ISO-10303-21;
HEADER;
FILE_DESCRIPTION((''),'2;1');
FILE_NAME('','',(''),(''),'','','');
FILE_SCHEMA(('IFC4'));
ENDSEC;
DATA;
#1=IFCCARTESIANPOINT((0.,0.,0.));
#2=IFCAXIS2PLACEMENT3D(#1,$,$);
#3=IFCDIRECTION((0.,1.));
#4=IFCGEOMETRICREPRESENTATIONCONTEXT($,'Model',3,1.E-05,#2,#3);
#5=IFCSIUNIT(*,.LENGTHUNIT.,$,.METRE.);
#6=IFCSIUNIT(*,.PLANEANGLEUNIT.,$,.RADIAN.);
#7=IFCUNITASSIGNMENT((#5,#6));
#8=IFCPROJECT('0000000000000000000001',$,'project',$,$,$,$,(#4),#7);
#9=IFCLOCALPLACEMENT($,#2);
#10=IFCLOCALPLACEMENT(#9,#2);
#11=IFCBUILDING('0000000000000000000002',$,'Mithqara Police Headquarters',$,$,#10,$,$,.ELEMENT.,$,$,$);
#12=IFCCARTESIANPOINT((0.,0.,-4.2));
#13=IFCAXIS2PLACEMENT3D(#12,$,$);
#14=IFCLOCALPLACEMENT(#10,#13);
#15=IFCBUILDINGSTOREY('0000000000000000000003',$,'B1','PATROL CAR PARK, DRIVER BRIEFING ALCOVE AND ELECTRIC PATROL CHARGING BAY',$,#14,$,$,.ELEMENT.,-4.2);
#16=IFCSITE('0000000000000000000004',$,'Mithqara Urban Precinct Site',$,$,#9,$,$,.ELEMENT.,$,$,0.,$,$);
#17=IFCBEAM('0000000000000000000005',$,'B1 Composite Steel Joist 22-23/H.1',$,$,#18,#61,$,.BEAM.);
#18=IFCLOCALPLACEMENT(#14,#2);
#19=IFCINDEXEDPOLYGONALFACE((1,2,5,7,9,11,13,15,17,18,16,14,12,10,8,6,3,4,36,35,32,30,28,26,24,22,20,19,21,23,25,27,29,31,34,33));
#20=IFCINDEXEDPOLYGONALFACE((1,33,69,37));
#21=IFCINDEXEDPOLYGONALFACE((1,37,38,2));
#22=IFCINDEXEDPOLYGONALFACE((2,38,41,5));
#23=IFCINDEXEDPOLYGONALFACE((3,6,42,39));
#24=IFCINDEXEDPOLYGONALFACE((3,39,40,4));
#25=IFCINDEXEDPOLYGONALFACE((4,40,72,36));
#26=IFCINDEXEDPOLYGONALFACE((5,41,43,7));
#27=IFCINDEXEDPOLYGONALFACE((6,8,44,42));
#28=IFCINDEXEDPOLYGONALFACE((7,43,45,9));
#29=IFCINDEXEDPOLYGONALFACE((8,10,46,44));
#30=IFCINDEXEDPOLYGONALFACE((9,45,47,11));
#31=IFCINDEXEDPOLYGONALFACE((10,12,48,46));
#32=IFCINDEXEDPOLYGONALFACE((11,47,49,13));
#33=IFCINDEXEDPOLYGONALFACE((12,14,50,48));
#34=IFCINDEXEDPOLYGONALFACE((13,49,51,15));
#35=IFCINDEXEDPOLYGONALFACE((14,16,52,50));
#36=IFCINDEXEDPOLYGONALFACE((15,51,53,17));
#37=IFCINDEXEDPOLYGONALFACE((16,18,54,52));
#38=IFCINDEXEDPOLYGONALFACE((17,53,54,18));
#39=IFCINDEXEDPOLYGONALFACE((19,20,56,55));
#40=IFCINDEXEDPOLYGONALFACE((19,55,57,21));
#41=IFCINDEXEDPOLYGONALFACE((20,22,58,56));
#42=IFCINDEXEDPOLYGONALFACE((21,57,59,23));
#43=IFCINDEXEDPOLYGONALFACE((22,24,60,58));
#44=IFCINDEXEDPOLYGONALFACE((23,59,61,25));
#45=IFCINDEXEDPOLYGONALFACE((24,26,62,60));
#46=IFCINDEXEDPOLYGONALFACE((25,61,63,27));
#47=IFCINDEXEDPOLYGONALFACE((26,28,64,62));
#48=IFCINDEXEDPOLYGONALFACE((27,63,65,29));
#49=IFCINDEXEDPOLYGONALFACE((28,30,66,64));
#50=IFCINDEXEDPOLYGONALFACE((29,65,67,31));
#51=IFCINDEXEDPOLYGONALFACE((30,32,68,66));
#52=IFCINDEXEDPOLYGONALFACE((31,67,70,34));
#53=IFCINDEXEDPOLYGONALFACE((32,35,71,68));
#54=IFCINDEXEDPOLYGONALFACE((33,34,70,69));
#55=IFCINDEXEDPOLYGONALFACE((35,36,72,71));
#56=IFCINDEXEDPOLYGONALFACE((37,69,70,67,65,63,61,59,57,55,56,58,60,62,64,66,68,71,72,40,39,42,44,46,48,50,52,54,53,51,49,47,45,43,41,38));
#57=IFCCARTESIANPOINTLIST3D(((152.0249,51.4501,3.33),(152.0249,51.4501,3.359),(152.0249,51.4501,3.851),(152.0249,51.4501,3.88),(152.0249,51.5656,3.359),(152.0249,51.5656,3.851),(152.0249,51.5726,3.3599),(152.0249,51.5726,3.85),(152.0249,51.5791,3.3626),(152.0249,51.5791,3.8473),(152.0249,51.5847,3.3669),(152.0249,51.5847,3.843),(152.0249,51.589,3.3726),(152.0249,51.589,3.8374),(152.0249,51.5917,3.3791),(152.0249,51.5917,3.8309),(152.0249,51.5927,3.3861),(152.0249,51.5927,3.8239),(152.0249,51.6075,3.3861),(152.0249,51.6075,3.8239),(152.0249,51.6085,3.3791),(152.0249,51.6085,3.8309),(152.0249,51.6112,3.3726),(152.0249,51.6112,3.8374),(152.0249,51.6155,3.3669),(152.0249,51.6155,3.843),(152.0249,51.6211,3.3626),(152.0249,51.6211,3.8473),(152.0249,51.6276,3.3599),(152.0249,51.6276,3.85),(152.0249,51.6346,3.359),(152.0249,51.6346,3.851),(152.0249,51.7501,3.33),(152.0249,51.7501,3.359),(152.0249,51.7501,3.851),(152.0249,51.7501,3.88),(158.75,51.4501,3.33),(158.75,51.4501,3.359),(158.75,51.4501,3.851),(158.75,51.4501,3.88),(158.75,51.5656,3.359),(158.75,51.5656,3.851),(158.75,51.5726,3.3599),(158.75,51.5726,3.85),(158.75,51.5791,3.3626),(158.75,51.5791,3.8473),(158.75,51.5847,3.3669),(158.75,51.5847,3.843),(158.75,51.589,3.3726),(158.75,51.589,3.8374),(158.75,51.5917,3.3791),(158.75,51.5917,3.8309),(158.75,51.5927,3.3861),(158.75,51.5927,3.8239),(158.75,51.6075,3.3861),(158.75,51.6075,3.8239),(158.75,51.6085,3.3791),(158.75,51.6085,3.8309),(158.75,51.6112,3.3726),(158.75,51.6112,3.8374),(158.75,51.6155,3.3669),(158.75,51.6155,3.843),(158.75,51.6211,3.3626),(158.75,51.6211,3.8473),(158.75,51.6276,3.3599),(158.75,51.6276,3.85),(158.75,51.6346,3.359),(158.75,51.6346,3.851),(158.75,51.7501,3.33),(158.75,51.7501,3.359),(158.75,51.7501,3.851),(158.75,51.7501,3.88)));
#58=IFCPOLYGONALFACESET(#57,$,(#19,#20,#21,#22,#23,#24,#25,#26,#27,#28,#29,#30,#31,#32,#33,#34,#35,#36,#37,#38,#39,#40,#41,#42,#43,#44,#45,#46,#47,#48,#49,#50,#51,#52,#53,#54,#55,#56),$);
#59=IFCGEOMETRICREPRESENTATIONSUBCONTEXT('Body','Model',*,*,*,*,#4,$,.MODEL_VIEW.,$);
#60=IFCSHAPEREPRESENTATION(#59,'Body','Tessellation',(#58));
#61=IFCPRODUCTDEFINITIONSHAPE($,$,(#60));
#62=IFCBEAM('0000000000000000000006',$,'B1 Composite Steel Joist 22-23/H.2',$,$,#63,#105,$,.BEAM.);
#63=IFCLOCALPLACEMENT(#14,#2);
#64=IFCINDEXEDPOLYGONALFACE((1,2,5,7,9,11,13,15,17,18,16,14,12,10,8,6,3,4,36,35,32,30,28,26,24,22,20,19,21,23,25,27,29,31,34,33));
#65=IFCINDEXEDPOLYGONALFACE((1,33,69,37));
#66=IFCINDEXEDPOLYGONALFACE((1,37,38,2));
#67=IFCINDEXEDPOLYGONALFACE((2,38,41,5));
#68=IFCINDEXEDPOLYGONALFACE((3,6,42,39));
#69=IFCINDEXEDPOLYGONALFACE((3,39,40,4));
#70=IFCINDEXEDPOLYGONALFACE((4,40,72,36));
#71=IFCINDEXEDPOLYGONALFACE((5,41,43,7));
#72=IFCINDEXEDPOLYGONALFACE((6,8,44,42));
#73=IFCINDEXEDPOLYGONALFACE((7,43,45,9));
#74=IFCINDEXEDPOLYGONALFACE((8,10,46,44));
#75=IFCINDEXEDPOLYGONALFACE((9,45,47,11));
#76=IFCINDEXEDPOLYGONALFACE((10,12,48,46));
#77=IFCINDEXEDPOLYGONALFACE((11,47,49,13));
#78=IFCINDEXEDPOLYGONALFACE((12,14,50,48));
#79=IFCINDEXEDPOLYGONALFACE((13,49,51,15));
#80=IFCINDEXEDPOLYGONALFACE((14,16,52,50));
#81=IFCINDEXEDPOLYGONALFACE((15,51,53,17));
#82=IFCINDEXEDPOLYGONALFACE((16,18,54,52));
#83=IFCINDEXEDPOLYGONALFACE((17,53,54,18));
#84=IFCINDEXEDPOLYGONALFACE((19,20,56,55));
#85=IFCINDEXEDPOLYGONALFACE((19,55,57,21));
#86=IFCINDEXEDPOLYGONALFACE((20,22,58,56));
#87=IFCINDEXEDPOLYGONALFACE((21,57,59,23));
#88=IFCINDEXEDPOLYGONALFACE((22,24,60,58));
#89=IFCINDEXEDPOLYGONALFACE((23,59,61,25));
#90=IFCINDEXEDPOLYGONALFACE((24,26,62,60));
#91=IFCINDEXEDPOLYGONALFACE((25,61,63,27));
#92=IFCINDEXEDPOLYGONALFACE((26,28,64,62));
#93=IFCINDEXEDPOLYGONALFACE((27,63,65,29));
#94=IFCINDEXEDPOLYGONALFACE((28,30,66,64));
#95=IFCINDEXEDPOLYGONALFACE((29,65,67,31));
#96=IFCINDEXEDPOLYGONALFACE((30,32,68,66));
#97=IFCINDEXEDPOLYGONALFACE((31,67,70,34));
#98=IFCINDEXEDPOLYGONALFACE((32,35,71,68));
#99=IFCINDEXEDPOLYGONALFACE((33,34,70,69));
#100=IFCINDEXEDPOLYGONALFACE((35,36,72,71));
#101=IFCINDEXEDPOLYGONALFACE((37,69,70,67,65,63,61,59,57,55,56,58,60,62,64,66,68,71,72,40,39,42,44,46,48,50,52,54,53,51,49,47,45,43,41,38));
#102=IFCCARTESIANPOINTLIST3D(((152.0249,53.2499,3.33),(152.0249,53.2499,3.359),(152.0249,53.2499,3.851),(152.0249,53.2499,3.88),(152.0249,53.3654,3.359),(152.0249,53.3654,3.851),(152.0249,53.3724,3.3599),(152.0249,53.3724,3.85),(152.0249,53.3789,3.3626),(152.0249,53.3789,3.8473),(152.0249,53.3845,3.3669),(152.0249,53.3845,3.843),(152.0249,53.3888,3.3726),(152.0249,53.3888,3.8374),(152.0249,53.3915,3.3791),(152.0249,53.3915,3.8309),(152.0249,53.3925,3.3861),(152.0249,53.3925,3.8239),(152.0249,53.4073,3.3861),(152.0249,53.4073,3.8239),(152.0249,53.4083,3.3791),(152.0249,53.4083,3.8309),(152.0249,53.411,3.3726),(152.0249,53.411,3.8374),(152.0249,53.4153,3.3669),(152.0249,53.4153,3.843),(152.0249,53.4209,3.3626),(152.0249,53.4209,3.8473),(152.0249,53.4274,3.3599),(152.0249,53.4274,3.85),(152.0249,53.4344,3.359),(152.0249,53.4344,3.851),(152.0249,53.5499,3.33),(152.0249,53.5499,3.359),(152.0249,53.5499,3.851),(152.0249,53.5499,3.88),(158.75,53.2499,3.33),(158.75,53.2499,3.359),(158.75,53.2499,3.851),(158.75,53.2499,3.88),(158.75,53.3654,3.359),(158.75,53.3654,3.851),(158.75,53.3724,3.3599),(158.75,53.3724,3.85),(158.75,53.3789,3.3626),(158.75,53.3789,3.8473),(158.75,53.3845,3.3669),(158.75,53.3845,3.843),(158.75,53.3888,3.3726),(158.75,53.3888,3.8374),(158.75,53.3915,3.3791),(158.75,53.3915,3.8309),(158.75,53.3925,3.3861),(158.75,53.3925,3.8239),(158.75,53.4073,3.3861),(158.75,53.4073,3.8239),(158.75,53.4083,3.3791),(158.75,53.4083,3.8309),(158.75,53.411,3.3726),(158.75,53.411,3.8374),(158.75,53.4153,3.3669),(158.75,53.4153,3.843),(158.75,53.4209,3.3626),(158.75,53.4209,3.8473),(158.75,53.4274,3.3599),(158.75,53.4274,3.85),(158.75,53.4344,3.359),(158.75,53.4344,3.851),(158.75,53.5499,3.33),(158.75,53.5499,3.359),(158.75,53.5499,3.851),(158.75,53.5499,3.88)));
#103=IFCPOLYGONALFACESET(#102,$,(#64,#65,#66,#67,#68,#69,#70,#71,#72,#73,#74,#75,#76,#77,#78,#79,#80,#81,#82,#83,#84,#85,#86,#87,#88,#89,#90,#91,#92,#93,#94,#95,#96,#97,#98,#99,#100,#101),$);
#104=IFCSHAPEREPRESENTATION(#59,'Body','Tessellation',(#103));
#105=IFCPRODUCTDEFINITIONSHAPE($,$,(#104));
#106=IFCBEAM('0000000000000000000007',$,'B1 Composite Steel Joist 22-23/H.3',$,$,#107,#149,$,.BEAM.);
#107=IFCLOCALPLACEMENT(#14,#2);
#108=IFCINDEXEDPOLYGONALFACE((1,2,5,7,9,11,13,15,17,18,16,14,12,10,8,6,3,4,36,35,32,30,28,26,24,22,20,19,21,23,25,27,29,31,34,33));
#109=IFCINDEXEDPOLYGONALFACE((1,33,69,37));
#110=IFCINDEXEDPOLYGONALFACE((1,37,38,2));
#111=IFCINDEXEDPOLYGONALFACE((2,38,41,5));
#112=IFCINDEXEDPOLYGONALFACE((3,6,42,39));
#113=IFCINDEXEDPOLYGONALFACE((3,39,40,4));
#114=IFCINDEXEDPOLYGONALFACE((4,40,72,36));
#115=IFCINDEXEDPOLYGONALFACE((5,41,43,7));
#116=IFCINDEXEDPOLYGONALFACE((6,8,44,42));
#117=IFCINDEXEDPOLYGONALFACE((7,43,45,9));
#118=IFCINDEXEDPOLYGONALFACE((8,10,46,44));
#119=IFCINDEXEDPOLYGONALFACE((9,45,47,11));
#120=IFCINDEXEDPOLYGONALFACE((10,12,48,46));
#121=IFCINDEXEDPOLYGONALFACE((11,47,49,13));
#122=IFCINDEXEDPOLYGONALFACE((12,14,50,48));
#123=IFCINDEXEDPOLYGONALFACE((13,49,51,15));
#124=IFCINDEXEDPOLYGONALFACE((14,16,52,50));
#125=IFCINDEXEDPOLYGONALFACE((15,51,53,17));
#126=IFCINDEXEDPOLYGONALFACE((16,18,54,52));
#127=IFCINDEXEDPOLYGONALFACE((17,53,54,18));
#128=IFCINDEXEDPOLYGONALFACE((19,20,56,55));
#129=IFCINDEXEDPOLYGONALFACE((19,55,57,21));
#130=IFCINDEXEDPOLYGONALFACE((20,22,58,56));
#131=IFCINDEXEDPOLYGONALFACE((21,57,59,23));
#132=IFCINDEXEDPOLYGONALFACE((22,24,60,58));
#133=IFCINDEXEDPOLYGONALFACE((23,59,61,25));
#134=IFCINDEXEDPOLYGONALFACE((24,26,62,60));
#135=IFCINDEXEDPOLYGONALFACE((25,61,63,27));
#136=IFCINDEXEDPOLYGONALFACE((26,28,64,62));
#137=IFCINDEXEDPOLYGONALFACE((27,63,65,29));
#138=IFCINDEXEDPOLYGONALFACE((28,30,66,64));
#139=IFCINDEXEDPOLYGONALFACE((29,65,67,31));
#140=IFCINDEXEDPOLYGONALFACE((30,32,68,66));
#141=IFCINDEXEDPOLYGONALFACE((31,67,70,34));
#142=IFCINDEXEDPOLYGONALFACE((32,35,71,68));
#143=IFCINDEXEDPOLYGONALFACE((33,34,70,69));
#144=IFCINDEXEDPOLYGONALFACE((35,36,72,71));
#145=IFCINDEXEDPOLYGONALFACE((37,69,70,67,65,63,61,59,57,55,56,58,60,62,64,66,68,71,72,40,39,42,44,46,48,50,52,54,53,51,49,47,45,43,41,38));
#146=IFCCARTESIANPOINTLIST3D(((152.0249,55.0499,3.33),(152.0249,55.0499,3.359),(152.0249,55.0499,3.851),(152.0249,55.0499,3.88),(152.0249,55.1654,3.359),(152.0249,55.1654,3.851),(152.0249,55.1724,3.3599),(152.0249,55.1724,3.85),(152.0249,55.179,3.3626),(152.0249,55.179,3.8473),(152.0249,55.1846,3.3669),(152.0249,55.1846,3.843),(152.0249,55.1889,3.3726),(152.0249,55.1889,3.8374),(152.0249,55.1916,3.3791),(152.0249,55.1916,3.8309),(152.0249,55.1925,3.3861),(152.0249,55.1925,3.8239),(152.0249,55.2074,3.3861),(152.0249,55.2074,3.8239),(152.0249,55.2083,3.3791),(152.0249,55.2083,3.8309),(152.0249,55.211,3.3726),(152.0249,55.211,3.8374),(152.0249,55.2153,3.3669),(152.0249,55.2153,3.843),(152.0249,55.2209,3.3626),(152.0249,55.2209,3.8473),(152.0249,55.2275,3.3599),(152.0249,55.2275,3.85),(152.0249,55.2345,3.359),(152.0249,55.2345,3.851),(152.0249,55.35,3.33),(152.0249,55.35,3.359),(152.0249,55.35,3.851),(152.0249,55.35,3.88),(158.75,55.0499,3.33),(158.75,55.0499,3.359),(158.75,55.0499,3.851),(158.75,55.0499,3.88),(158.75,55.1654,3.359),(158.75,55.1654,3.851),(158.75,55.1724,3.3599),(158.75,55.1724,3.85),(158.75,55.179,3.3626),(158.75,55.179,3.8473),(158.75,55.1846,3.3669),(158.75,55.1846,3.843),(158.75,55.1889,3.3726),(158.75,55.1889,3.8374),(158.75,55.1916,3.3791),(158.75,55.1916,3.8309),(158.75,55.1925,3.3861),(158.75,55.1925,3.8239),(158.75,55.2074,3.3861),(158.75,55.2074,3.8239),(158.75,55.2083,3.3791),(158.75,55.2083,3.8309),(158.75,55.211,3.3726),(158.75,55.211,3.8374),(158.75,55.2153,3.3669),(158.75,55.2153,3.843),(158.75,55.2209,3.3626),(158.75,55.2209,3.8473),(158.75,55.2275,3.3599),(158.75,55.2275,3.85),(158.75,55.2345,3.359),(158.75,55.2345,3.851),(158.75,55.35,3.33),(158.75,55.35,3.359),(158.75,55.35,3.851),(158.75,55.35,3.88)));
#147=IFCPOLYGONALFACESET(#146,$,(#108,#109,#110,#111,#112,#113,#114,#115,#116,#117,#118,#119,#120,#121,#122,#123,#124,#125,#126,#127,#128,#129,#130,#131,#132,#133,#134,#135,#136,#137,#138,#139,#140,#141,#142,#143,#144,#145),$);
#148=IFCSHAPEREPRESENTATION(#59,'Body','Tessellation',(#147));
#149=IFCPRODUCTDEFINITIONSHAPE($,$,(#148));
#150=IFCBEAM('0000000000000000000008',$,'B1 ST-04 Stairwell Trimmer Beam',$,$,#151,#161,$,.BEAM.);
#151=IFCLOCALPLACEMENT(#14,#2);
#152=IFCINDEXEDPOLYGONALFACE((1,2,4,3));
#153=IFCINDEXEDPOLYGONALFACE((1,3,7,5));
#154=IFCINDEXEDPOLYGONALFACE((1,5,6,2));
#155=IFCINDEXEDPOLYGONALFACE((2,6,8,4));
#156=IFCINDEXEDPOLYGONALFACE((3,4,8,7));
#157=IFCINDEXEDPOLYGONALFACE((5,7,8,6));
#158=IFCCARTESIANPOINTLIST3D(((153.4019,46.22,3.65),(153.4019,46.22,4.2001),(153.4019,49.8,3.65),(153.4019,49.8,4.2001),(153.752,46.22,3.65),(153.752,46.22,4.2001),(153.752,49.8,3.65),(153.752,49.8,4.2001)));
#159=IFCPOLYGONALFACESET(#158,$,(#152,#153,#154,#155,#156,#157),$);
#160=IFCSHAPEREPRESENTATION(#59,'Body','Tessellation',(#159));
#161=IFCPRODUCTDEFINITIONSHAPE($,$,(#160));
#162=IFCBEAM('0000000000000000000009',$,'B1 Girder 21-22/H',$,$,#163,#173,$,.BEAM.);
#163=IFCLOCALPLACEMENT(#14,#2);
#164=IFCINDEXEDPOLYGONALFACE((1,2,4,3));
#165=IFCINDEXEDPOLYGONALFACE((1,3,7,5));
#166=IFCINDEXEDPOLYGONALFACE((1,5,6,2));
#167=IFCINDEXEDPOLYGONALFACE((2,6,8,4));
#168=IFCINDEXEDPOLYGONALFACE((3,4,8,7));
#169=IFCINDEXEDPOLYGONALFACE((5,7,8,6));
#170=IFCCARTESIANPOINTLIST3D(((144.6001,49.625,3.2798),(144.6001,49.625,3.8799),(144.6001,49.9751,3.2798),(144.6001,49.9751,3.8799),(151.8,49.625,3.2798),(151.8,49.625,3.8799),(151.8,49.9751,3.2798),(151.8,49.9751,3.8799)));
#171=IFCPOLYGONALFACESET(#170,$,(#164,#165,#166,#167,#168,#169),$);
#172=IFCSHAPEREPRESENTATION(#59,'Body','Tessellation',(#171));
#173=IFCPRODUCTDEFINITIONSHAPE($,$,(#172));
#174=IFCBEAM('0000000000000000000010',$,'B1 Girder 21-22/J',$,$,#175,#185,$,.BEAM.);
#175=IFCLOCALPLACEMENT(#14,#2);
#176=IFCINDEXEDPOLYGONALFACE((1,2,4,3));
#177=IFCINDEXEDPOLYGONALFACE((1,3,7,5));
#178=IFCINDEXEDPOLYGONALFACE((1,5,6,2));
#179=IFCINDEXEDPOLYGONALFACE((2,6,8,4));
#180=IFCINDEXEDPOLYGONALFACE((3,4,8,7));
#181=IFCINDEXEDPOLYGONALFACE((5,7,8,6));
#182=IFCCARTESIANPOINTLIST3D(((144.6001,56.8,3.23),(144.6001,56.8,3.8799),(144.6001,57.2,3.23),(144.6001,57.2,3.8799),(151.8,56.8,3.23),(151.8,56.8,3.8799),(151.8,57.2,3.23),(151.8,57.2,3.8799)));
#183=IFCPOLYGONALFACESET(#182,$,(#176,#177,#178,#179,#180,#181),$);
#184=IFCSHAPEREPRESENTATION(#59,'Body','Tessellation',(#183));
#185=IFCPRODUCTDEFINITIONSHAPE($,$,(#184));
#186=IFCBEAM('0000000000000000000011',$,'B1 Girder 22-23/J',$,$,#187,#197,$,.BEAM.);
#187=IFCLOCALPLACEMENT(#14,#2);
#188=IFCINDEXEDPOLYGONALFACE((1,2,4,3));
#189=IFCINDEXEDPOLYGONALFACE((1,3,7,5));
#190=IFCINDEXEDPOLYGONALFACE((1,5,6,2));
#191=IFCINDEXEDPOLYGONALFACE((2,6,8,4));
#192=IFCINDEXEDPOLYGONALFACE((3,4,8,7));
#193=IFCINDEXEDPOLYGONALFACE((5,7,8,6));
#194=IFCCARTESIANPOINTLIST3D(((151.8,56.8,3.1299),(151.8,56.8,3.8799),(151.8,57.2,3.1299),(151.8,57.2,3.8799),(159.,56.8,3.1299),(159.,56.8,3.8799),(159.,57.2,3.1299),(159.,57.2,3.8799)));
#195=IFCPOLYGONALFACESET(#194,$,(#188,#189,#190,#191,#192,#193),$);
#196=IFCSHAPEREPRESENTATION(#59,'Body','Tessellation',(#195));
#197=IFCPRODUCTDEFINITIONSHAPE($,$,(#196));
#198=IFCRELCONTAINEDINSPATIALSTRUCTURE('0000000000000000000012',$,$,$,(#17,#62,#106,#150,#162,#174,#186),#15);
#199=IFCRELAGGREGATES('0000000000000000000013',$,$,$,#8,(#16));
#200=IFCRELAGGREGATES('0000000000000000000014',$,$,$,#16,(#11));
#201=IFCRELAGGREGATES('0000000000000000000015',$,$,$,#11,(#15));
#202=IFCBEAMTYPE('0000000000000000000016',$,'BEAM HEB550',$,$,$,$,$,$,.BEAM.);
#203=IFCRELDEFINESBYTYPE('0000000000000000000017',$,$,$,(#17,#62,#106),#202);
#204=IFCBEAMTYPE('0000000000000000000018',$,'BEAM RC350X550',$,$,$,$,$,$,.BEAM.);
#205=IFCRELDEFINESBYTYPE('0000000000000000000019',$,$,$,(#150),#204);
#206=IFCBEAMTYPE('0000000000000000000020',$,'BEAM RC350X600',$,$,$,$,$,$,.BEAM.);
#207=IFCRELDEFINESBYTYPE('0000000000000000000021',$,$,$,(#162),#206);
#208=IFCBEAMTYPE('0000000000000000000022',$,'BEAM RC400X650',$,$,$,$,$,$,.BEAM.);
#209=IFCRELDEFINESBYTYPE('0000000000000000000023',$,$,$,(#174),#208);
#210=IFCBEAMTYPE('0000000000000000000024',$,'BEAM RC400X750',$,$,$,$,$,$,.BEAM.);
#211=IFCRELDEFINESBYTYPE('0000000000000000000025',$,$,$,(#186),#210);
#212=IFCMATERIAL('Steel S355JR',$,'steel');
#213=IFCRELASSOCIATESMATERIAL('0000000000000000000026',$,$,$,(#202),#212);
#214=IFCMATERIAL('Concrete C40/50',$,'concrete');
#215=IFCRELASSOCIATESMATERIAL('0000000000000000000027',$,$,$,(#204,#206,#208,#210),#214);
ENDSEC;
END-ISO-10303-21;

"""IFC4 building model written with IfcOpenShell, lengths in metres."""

from ifc_helpers import new_model, si_unit, direction, frame, origin, origin_2d, place, context, subcontext, project, spatial, rectangle, i_section, extrude, material, material_profile, profile_set, type_object, element, save


model = new_model("IFC4")

# Units and contexts
model_context = context("Model", 3, precision=1e-05, world=origin(), true_north=direction((0.0, 1.0)))
body_context = subcontext(model_context, "Body", "Model", "MODEL_VIEW")
ifc_project = project(units=[si_unit("LENGTHUNIT", "METRE"), si_unit("PLANEANGLEUNIT", "RADIAN")], contexts=[model_context])

# Site, building, storey
site_placement = place(None, origin())
site = spatial("IfcSite", under=ifc_project, at=site_placement, Name="Mithqara Urban Precinct Site", CompositionType="ELEMENT", RefElevation=0.0)
building_placement = place(site_placement, origin())
building = spatial("IfcBuilding", under=site, at=building_placement, Name="Mithqara Police Headquarters", CompositionType="ELEMENT")
storey_placement = place(building_placement, frame((0.0, 0.0, -4.2)))
storey = spatial("IfcBuildingStorey", under=building, at=storey_placement, Name="B1", Description="PATROL CAR PARK, DRIVER BRIEFING ALCOVE AND ELECTRIC PATROL CHARGING BAY", CompositionType="ELEMENT", Elevation=-4.2)

# Beams
ifc_material_1 = material(Name="Steel S355JR", Category="steel")
ifc_material_profile_1 = material_profile(ifc_material_1, i_section(OverallWidth=0.3, OverallDepth=0.55, WebThickness=0.0149, FlangeThickness=0.0291, FilletRadius=0.0271, at=origin_2d()), Name="HEB 550")
ifc_profile_set_1 = profile_set([ifc_material_profile_1], Name="Steel S355JR")
beam_type_1 = type_object("IfcBeamType", Name="BEAM HEB550", PredefinedType="BEAM", material=ifc_profile_set_1)
for number, where, z_axis, x_axis, name in (
    (1, (152.0249, 51.6001, 3.605), (1.0, 0.0, 0.0), (0.0, 1.0, 0.0), "B1 Composite Steel Joist 22-23/H.1"),
    (2, (152.0249, 53.3999, 3.605), (1.0, 0.0, 0.0), (0.0, 1.0, 0.0), "B1 Composite Steel Joist 22-23/H.2"),
    (3, (152.0249, 55.2, 3.605), (1.0, 0.0, 0.0), (0.0, 1.0, 0.0), "B1 Composite Steel Joist 22-23/H.3"),
):
    element("IfcBeam", number, at=place(storey_placement, frame(where, z_axis=z_axis, x_axis=x_axis)), inside=storey, type_object=beam_type_1, Name=name, PredefinedType="BEAM", context=body_context, shape_type="SweptSolid", body=[
        extrude(i_section(OverallWidth=0.3, OverallDepth=0.55, WebThickness=0.0149, FlangeThickness=0.0291, FilletRadius=0.0271, at=origin_2d()), origin(), (0.0, 0.0, 1.0), 6.7251),
    ])
ifc_material_2 = material(Name="Concrete C40/50", Category="concrete")
ifc_material_profile_2 = material_profile(ifc_material_2, rectangle(XDim=0.3501, YDim=0.55, at=origin_2d()), Name="RC 350x550")
ifc_profile_set_2 = profile_set([ifc_material_profile_2], Name="Concrete C40/50")
beam_type_2 = type_object("IfcBeamType", Name="BEAM RC350X550", PredefinedType="BEAM", material=ifc_profile_set_2)
beam_1_placement = place(storey_placement, frame((153.5769, 46.22, 3.925), z_axis=(0.0, 1.0, 0.0), x_axis=(-1.0, 0.0, 0.0)))
element("IfcBeam", 4, at=beam_1_placement, inside=storey, type_object=beam_type_2, Name="B1 ST-04 Stairwell Trimmer Beam", PredefinedType="BEAM", context=body_context, shape_type="SweptSolid", body=[
    extrude(rectangle(XDim=0.3501, YDim=0.55, at=origin_2d()), origin(), (0.0, 0.0, 1.0), 3.5801),
])
ifc_material_profile_3 = material_profile(ifc_material_2, rectangle(XDim=0.3501, YDim=0.6001, at=origin_2d()), Name="RC 350x600")
ifc_profile_set_3 = profile_set([ifc_material_profile_3], Name="Concrete C40/50")
beam_type_3 = type_object("IfcBeamType", Name="BEAM RC350X600", PredefinedType="BEAM", material=ifc_profile_set_3)
beam_2_placement = place(storey_placement, frame((144.6001, 49.8, 3.5798), z_axis=(1.0, 0.0, 0.0), x_axis=(0.0, 1.0, 0.0)))
element("IfcBeam", 5, at=beam_2_placement, inside=storey, type_object=beam_type_3, Name="B1 Girder 21-22/H", PredefinedType="BEAM", context=body_context, shape_type="SweptSolid", body=[
    extrude(rectangle(XDim=0.3501, YDim=0.6001, at=origin_2d()), origin(), (0.0, 0.0, 1.0), 7.2),
])
ifc_material_profile_4 = material_profile(ifc_material_2, rectangle(XDim=0.3999, YDim=0.6499, at=origin_2d()), Name="RC 400x650")
ifc_profile_set_4 = profile_set([ifc_material_profile_4], Name="Concrete C40/50")
beam_type_4 = type_object("IfcBeamType", Name="BEAM RC400X650", PredefinedType="BEAM", material=ifc_profile_set_4)
beam_3_placement = place(storey_placement, frame((144.6001, 57.0, 3.5549), z_axis=(1.0, 0.0, 0.0), x_axis=(0.0, 1.0, 0.0)))
element("IfcBeam", 6, at=beam_3_placement, inside=storey, type_object=beam_type_4, Name="B1 Girder 21-22/J", PredefinedType="BEAM", context=body_context, shape_type="SweptSolid", body=[
    extrude(rectangle(XDim=0.3999, YDim=0.6499, at=origin_2d()), origin(), (0.0, 0.0, 1.0), 7.2),
])
ifc_material_profile_5 = material_profile(ifc_material_2, rectangle(XDim=0.3999, YDim=0.75, at=origin_2d()), Name="RC 400x750")
ifc_profile_set_5 = profile_set([ifc_material_profile_5], Name="Concrete C40/50")
beam_type_5 = type_object("IfcBeamType", Name="BEAM RC400X750", PredefinedType="BEAM", material=ifc_profile_set_5)
beam_4_placement = place(storey_placement, frame((151.8, 57.0, 3.5049), z_axis=(1.0, 0.0, 0.0), x_axis=(0.0, 1.0, 0.0)))
element("IfcBeam", 7, at=beam_4_placement, inside=storey, type_object=beam_type_5, Name="B1 Girder 22-23/J", PredefinedType="BEAM", context=body_context, shape_type="SweptSolid", body=[
    extrude(rectangle(XDim=0.3999, YDim=0.75, at=origin_2d()), origin(), (0.0, 0.0, 1.0), 7.2),
])

save(model, "model.ifc")
